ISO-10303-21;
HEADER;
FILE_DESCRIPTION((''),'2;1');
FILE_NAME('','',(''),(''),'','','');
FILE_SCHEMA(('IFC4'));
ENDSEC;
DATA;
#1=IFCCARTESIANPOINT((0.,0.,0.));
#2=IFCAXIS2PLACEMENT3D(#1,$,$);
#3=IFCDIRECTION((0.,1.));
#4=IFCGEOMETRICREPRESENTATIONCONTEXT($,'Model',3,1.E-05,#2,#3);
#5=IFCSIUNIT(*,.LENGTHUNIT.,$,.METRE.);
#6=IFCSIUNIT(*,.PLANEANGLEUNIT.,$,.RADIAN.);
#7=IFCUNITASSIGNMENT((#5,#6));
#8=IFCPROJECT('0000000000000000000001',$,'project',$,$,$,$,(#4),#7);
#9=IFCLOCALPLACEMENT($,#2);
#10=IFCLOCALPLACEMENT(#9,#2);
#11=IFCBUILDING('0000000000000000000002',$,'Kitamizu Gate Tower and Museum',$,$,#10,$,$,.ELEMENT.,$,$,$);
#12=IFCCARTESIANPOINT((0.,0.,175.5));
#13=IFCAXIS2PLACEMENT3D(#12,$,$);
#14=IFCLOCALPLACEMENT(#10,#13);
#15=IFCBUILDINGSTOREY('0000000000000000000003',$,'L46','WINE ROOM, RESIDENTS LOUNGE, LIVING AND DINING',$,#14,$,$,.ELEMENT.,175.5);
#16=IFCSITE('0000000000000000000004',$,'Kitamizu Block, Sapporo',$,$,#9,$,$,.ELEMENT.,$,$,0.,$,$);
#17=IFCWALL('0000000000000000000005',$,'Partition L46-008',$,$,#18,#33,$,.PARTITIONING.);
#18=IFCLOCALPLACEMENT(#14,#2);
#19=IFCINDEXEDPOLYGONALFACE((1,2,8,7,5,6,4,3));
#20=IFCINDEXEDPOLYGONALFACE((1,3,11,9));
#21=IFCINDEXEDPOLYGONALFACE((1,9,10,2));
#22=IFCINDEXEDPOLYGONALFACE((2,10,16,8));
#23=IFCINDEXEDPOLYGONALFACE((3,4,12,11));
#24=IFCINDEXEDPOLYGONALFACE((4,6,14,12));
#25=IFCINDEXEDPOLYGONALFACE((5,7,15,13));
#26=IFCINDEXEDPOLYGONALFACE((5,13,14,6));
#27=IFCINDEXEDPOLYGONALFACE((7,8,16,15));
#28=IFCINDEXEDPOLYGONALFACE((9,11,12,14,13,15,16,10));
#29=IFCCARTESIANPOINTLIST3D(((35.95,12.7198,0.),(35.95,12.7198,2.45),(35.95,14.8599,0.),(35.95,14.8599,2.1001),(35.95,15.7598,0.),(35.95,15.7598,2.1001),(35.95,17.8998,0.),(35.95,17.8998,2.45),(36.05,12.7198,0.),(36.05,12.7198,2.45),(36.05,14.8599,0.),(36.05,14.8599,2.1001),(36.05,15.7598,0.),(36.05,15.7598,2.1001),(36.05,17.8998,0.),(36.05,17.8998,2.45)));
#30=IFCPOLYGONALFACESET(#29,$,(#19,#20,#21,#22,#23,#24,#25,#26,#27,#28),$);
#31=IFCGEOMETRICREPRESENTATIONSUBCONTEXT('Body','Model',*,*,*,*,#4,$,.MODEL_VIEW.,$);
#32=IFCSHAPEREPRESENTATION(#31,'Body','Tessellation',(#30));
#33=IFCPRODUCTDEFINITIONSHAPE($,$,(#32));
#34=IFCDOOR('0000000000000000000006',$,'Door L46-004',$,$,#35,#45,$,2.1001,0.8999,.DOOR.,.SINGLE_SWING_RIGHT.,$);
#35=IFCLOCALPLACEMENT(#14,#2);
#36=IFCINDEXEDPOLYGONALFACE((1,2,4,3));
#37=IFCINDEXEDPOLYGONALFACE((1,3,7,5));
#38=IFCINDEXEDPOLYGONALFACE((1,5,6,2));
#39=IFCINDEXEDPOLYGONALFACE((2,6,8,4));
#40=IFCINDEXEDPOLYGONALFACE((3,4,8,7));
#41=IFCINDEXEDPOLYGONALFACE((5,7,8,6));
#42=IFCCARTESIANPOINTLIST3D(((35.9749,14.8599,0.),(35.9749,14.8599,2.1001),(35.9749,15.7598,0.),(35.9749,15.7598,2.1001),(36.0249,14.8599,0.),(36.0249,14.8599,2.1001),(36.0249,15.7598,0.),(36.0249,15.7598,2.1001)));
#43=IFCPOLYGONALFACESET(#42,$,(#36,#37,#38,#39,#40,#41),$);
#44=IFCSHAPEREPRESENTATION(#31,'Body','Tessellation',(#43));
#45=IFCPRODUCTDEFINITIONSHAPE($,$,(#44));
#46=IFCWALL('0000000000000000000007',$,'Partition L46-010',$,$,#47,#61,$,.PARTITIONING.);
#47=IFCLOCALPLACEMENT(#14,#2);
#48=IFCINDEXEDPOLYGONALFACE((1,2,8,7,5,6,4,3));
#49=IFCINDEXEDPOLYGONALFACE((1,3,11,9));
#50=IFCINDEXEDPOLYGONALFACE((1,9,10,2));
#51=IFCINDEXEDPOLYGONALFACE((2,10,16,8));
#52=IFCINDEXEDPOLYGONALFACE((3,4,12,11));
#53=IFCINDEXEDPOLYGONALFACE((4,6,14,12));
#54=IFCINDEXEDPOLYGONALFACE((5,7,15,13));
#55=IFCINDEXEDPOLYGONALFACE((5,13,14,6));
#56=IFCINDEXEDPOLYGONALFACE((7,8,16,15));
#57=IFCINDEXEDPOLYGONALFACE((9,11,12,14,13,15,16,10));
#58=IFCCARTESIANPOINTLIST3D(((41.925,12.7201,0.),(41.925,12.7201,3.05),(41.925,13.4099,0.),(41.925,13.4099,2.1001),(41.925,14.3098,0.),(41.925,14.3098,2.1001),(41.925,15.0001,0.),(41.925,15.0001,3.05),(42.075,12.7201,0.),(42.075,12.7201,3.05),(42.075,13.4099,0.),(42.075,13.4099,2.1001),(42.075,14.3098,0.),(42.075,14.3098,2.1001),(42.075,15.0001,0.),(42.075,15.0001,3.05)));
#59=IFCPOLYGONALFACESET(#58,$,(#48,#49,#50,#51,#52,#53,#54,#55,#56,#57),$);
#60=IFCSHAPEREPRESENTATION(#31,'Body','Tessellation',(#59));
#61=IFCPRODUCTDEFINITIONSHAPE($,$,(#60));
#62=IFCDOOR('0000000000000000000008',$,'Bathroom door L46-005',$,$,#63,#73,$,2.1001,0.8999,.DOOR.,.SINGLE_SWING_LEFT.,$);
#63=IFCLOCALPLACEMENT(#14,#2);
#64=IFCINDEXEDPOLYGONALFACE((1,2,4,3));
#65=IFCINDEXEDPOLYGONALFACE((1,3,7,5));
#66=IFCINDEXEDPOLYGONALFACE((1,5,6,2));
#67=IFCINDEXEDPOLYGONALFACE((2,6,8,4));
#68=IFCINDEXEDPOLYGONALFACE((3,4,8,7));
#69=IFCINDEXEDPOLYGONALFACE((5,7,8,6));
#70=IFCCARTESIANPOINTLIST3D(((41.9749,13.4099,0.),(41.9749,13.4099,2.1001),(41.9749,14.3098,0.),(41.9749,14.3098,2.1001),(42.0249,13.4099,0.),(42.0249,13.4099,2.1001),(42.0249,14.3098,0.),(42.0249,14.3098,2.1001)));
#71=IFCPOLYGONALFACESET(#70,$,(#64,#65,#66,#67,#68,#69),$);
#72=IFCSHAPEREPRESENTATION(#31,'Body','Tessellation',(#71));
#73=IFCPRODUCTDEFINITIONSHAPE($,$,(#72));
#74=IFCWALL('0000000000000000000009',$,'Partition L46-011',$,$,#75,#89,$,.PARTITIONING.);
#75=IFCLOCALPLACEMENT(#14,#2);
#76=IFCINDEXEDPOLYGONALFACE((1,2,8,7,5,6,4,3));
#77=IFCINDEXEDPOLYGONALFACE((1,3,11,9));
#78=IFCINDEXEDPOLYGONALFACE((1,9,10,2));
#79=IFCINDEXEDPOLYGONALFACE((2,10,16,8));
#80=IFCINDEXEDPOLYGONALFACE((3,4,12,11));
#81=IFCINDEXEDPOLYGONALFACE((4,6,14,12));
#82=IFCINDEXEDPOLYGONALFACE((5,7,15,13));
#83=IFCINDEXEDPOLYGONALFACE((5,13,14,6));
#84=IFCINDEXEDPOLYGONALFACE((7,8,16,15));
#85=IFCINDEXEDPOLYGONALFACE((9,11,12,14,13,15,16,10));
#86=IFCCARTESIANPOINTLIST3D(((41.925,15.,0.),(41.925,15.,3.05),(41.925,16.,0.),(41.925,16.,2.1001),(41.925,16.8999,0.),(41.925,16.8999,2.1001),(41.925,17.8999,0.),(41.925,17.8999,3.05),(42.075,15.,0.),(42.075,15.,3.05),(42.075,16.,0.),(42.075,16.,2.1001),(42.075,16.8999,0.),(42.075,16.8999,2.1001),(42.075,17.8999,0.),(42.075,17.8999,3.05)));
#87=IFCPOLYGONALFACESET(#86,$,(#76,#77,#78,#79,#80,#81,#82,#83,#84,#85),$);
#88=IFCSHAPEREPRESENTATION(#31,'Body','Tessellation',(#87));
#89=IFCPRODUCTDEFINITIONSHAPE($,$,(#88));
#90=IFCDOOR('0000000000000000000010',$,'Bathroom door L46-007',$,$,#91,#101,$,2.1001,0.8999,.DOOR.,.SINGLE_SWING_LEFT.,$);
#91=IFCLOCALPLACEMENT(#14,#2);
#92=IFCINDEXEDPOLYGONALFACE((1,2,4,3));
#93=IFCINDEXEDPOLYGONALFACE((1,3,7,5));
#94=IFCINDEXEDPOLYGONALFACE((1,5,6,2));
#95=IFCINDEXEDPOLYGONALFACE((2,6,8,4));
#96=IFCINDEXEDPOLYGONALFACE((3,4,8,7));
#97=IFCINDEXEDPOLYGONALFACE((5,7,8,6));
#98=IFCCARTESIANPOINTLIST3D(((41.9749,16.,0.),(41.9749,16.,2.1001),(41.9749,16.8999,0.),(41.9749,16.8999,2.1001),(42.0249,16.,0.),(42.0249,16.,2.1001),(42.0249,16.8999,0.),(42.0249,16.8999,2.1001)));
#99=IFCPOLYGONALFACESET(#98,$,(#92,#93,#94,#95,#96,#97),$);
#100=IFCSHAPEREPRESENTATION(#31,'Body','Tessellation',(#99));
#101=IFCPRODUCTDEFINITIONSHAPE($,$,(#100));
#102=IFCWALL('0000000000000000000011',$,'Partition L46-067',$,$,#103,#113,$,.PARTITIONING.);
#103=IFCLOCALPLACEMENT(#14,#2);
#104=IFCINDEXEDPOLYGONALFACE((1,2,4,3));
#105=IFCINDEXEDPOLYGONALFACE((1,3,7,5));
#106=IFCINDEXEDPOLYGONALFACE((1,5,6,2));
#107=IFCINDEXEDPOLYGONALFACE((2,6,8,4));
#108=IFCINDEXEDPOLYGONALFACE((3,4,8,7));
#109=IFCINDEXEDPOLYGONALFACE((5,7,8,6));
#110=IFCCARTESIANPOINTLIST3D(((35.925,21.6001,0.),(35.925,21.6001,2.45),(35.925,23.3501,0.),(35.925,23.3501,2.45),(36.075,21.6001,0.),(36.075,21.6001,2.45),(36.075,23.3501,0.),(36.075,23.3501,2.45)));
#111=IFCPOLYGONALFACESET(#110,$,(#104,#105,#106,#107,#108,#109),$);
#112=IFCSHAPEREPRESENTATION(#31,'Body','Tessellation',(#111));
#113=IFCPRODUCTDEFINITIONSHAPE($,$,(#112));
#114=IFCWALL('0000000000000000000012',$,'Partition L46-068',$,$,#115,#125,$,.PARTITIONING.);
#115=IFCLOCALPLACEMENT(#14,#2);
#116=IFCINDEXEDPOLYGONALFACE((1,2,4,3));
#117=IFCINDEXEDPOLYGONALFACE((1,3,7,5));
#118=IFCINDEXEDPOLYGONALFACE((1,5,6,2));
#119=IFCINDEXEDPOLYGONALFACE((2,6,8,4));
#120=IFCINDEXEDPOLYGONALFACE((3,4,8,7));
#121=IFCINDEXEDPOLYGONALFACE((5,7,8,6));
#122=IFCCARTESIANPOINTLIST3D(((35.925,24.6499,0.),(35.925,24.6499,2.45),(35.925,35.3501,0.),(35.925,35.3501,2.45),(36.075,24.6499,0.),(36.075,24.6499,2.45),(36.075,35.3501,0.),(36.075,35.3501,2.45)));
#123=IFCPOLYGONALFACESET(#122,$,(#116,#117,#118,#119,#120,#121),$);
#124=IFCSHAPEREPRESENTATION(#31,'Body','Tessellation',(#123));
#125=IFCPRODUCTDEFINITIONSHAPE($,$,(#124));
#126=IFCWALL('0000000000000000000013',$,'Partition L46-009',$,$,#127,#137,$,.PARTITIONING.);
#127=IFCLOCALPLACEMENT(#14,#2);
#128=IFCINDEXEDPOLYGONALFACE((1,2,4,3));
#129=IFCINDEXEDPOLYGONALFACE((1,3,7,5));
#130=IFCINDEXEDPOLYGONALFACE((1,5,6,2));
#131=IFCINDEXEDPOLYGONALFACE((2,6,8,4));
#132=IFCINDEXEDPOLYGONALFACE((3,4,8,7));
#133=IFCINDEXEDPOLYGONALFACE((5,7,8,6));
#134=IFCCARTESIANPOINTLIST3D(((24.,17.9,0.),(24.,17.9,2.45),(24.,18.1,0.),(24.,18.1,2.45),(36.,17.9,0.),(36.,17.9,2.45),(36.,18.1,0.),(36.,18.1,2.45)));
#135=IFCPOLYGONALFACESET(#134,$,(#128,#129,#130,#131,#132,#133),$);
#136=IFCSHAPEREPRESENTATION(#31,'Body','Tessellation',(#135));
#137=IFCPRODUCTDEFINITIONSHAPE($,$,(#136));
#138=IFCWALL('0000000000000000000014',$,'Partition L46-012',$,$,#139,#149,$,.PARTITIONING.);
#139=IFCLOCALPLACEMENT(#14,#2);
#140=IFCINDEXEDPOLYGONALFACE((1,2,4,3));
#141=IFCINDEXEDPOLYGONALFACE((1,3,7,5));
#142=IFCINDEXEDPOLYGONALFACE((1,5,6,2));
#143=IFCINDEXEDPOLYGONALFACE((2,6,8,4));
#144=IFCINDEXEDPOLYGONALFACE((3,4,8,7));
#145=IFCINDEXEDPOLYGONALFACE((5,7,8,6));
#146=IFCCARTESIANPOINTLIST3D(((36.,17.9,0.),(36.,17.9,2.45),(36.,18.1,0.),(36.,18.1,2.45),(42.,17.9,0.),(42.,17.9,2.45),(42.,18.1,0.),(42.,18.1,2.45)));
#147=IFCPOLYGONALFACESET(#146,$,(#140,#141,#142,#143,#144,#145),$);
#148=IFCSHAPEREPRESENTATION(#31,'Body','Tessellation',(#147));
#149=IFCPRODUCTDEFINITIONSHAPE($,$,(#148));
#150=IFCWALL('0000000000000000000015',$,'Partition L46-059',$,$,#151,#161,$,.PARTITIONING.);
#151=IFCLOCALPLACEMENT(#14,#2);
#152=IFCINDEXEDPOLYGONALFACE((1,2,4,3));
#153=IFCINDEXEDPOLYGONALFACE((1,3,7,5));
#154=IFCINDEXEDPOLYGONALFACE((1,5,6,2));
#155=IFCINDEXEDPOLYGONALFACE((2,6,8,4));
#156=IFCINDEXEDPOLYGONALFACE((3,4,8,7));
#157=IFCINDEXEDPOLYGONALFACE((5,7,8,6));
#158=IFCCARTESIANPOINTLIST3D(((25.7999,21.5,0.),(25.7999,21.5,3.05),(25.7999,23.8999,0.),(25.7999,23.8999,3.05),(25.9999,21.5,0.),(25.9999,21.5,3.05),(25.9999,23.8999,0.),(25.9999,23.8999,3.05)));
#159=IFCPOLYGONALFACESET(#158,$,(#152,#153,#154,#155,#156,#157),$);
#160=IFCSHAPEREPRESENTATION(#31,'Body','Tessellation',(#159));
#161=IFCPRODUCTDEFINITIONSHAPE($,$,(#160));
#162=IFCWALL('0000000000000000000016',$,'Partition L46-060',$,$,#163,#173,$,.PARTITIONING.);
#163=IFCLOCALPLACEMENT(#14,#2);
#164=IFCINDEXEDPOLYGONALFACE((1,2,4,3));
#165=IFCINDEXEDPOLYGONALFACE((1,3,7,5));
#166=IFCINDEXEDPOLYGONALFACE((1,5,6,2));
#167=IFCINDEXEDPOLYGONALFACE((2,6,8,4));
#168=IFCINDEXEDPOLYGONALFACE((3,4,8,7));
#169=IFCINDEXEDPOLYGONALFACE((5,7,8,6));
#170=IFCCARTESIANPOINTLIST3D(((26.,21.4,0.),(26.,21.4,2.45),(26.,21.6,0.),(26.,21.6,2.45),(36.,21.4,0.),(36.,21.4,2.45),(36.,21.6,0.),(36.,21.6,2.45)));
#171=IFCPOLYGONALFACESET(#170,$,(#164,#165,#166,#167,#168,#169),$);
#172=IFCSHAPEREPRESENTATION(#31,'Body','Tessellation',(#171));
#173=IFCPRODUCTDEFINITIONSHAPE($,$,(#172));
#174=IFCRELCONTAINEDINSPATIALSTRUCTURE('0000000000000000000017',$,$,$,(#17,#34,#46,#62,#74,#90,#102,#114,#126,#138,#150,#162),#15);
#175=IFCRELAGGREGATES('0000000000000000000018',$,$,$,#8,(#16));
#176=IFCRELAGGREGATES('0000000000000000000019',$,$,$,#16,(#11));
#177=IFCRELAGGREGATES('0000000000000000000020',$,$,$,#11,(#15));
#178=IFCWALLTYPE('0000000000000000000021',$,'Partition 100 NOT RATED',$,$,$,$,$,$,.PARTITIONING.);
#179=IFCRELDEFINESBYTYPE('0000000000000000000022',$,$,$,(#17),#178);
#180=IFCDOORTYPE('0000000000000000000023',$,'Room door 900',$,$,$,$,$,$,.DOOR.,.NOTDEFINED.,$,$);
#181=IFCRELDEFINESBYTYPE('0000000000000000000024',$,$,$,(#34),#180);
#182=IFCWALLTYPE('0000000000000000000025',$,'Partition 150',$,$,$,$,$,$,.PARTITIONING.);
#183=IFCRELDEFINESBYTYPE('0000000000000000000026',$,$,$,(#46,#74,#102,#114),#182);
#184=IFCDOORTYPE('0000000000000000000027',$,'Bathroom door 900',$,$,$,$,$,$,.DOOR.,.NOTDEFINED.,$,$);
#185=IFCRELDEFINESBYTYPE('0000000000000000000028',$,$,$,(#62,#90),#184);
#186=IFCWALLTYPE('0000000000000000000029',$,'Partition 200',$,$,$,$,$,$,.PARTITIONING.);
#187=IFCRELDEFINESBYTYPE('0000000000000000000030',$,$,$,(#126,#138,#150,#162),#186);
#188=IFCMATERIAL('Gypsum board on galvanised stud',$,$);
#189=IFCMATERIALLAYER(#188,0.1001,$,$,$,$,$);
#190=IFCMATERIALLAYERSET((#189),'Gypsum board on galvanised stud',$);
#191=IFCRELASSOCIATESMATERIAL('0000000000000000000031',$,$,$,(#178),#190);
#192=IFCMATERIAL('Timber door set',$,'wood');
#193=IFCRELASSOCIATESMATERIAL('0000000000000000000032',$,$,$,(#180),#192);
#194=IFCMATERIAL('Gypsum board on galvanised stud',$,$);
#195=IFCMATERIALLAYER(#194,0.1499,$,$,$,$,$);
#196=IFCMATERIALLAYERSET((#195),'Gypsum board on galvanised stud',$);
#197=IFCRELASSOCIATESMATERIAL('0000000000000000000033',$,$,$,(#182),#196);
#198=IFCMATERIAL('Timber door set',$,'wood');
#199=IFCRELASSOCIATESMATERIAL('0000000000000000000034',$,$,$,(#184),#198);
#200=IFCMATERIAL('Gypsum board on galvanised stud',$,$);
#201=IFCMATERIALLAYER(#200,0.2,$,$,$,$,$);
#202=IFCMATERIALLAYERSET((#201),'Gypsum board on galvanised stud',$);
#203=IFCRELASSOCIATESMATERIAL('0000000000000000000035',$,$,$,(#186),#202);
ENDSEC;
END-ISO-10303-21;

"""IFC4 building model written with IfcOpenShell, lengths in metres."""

from ifc_helpers import new_model, si_unit, direction, frame, frame_2d, origin, place, context, subcontext, project, spatial, rectangle, extrude, material, layer, layer_set, type_object, element, fill, save


model = new_model("IFC4")

# Units and contexts
model_context = context("Model", 3, precision=1e-05, world=origin(), true_north=direction((0.0, 1.0)))
body_context = subcontext(model_context, "Body", "Model", "MODEL_VIEW")
ifc_project = project(units=[si_unit("LENGTHUNIT", "METRE"), si_unit("PLANEANGLEUNIT", "RADIAN")], contexts=[model_context])

# Site, building, storey
site_placement = place(None, origin())
site = spatial("IfcSite", under=ifc_project, at=site_placement, Name="Kitamizu Block, Sapporo", CompositionType="ELEMENT", RefElevation=0.0)
building_placement = place(site_placement, origin())
building = spatial("IfcBuilding", under=site, at=building_placement, Name="Kitamizu Gate Tower and Museum", CompositionType="ELEMENT")
storey_placement = place(building_placement, frame((0.0, 0.0, 175.5)))
storey = spatial("IfcBuildingStorey", under=building, at=storey_placement, Name="L46", Description="WINE ROOM, RESIDENTS LOUNGE, LIVING AND DINING", CompositionType="ELEMENT", Elevation=175.5)

# Walls, openings, doors
ifc_material_1 = material(Name="Gypsum board on galvanised stud")
ifc_layer_1 = layer(ifc_material_1, 0.1001)
ifc_layer_set_1 = layer_set([ifc_layer_1], Name="Gypsum board on galvanised stud")
wall_type_1 = type_object("IfcWallType", Name="Partition 100 NOT RATED", PredefinedType="PARTITIONING", material=ifc_layer_set_1)
wall_1_placement = place(storey_placement, frame((36.0, 12.72, 0.0), z_axis=(0.0, 0.0, 1.0), x_axis=(0.0, 1.0, 0.0)))
wall_1 = element("IfcWall", 1, at=wall_1_placement, inside=storey, type_object=wall_type_1, Name="Partition L46-008", PredefinedType="PARTITIONING", context=body_context, shape_type="SweptSolid", body=[
    extrude(rectangle(XDim=5.1799, YDim=0.1001, at=frame_2d((2.5898, 0.0))), origin(), (0.0, 0.0, 1.0), 2.45),
])
opening_1_placement = place(wall_1_placement, frame((2.1399, 0.0, 0.0)))
opening_1 = element("IfcOpeningElement", 2, at=opening_1_placement, cuts=wall_1, PredefinedType="OPENING", context=body_context, shape_type="SweptSolid", body=[
    extrude(rectangle(XDim=0.8999, YDim=2.1001, at=frame_2d((0.45, 1.05))), frame((0.0, 0.0601, 0.0), z_axis=(0.0, -1.0, 0.0), x_axis=(1.0, 0.0, 0.0)), (0.0, 0.0, 1.0), 0.1201),
])
ifc_material_2 = material(Name="Timber door set", Category="wood")
door_type_1 = type_object("IfcDoorType", Name="Room door 900", OperationType="NOTDEFINED", PredefinedType="DOOR", material=ifc_material_2)
door_1_placement = place(opening_1_placement, frame((0.8999, 0.0, 0.0), x_axis=(-1.0, 0.0, 0.0)))
door_1 = element("IfcDoor", 3, at=door_1_placement, inside=storey, type_object=door_type_1, Name="Door L46-004", OperationType="SINGLE_SWING_RIGHT", OverallHeight=2.1001, OverallWidth=0.8999, PredefinedType="DOOR", context=body_context, shape_type="SweptSolid", body=[
    extrude(rectangle(XDim=0.8999, YDim=2.1001, at=frame_2d((0.45, 1.05))), frame((0.0, 0.0249, 0.0), z_axis=(0.0, -1.0, 0.0), x_axis=(1.0, 0.0, 0.0)), (0.0, 0.0, 1.0), 0.05),
])
fill(opening_1, door_1)
ifc_material_3 = material(Name="Gypsum board on galvanised stud")
ifc_layer_2 = layer(ifc_material_3, 0.1499)
ifc_layer_set_2 = layer_set([ifc_layer_2], Name="Gypsum board on galvanised stud")
wall_type_2 = type_object("IfcWallType", Name="Partition 150", PredefinedType="PARTITIONING", material=ifc_layer_set_2)
wall_2_placement = place(storey_placement, frame((42.0, 12.72, 0.0), z_axis=(0.0, 0.0, 1.0), x_axis=(0.0, 1.0, 0.0)))
wall_2 = element("IfcWall", 4, at=wall_2_placement, inside=storey, type_object=wall_type_2, Name="Partition L46-010", PredefinedType="PARTITIONING", context=body_context, shape_type="SweptSolid", body=[
    extrude(rectangle(XDim=2.28, YDim=0.1499, at=frame_2d((1.1401, 0.0))), origin(), (0.0, 0.0, 1.0), 3.05),
])
opening_2_placement = place(wall_2_placement, frame((0.6899, 0.0, 0.0)))
opening_2 = element("IfcOpeningElement", 5, at=opening_2_placement, cuts=wall_2, PredefinedType="OPENING", context=body_context, shape_type="SweptSolid", body=[
    extrude(rectangle(XDim=0.8999, YDim=2.1001, at=frame_2d((0.45, 1.05))), frame((0.0, 0.085, 0.0), z_axis=(0.0, -1.0, 0.0), x_axis=(1.0, 0.0, 0.0)), (0.0, 0.0, 1.0), 0.1699),
])
ifc_material_4 = material(Name="Timber door set", Category="wood")
door_type_2 = type_object("IfcDoorType", Name="Bathroom door 900", OperationType="NOTDEFINED", PredefinedType="DOOR", material=ifc_material_4)
door_2_placement = place(opening_2_placement, frame((0.8999, 0.0, 0.0), x_axis=(-1.0, 0.0, 0.0)))
door_2 = element("IfcDoor", 6, at=door_2_placement, inside=storey, type_object=door_type_2, Name="Bathroom door L46-005", OperationType="SINGLE_SWING_LEFT", OverallHeight=2.1001, OverallWidth=0.8999, PredefinedType="DOOR", context=body_context, shape_type="SweptSolid", body=[
    extrude(rectangle(XDim=0.8999, YDim=2.1001, at=frame_2d((0.45, 1.05))), frame((0.0, 0.0249, 0.0), z_axis=(0.0, -1.0, 0.0), x_axis=(1.0, 0.0, 0.0)), (0.0, 0.0, 1.0), 0.05),
])
fill(opening_2, door_2)
wall_3_placement = place(storey_placement, frame((42.0, 15.0, 0.0), z_axis=(0.0, 0.0, 1.0), x_axis=(0.0, 1.0, 0.0)))
wall_3 = element("IfcWall", 7, at=wall_3_placement, inside=storey, type_object=wall_type_2, Name="Partition L46-011", PredefinedType="PARTITIONING", context=body_context, shape_type="SweptSolid", body=[
    extrude(rectangle(XDim=2.8999, YDim=0.1499, at=frame_2d((1.45, 0.0))), origin(), (0.0, 0.0, 1.0), 3.05),
])
opening_3_placement = place(wall_3_placement, frame((1.0, 0.0, 0.0)))
opening_3 = element("IfcOpeningElement", 8, at=opening_3_placement, cuts=wall_3, PredefinedType="OPENING", context=body_context, shape_type="SweptSolid", body=[
    extrude(rectangle(XDim=0.8999, YDim=2.1001, at=frame_2d((0.45, 1.05))), frame((0.0, 0.085, 0.0), z_axis=(0.0, -1.0, 0.0), x_axis=(1.0, 0.0, 0.0)), (0.0, 0.0, 1.0), 0.1699),
])
door_3_placement = place(opening_3_placement, frame((0.8999, 0.0, 0.0), x_axis=(-1.0, 0.0, 0.0)))
door_3 = element("IfcDoor", 9, at=door_3_placement, inside=storey, type_object=door_type_2, Name="Bathroom door L46-007", OperationType="SINGLE_SWING_LEFT", OverallHeight=2.1001, OverallWidth=0.8999, PredefinedType="DOOR", context=body_context, shape_type="SweptSolid", body=[
    extrude(rectangle(XDim=0.8999, YDim=2.1001, at=frame_2d((0.45, 1.05))), frame((0.0, 0.0249, 0.0), z_axis=(0.0, -1.0, 0.0), x_axis=(1.0, 0.0, 0.0)), (0.0, 0.0, 1.0), 0.05),
])
fill(opening_3, door_3)

# Walls
wall_4_placement = place(storey_placement, frame((36.0, 21.6001, 0.0), z_axis=(0.0, 0.0, 1.0), x_axis=(0.0, 1.0, 0.0)))
element("IfcWall", 10, at=wall_4_placement, inside=storey, type_object=wall_type_2, Name="Partition L46-067", PredefinedType="PARTITIONING", context=body_context, shape_type="SweptSolid", body=[
    extrude(rectangle(XDim=1.75, YDim=0.1499, at=frame_2d((0.875, 0.0))), origin(), (0.0, 0.0, 1.0), 2.45),
])
wall_5_placement = place(storey_placement, frame((36.0, 24.6499, 0.0), z_axis=(0.0, 0.0, 1.0), x_axis=(0.0, 1.0, 0.0)))
element("IfcWall", 11, at=wall_5_placement, inside=storey, type_object=wall_type_2, Name="Partition L46-068", PredefinedType="PARTITIONING", context=body_context, shape_type="SweptSolid", body=[
    extrude(rectangle(XDim=10.7002, YDim=0.1499, at=frame_2d((5.3501, 0.0))), origin(), (0.0, 0.0, 1.0), 2.45),
])
ifc_material_5 = material(Name="Gypsum board on galvanised stud")
ifc_layer_3 = layer(ifc_material_5, 0.2)
ifc_layer_set_3 = layer_set([ifc_layer_3], Name="Gypsum board on galvanised stud")
wall_type_3 = type_object("IfcWallType", Name="Partition 200", PredefinedType="PARTITIONING", material=ifc_layer_set_3)
wall_6_placement = place(storey_placement, frame((36.0, 18.0, 0.0), z_axis=(0.0, 0.0, 1.0), x_axis=(-1.0, 0.0, 0.0)))
element("IfcWall", 12, at=wall_6_placement, inside=storey, type_object=wall_type_3, Name="Partition L46-009", PredefinedType="PARTITIONING", context=body_context, shape_type="SweptSolid", body=[
    extrude(rectangle(XDim=12.0, YDim=0.2, at=frame_2d((6.0, 0.0))), origin(), (0.0, 0.0, 1.0), 2.45),
])
wall_7_placement = place(storey_placement, frame((42.0, 18.0, 0.0), z_axis=(0.0, 0.0, 1.0), x_axis=(-1.0, 0.0, 0.0)))
element("IfcWall", 13, at=wall_7_placement, inside=storey, type_object=wall_type_3, Name="Partition L46-012", PredefinedType="PARTITIONING", context=body_context, shape_type="SweptSolid", body=[
    extrude(rectangle(XDim=6.0, YDim=0.2, at=frame_2d((3.0, 0.0))), origin(), (0.0, 0.0, 1.0), 2.45),
])
wall_8_placement = place(storey_placement, frame((25.8999, 23.8999, 0.0), z_axis=(0.0, 0.0, 1.0), x_axis=(0.0, -1.0, 0.0)))
element("IfcWall", 14, at=wall_8_placement, inside=storey, type_object=wall_type_3, Name="Partition L46-059", PredefinedType="PARTITIONING", context=body_context, shape_type="SweptSolid", body=[
    extrude(rectangle(XDim=2.3999, YDim=0.2, at=frame_2d((1.2, 0.0))), origin(), (0.0, 0.0, 1.0), 3.05),
])
wall_9_placement = place(storey_placement, frame((26.0, 21.5, 0.0), z_axis=(0.0, 0.0, 1.0), x_axis=(1.0, 0.0, 0.0)))
element("IfcWall", 15, at=wall_9_placement, inside=storey, type_object=wall_type_3, Name="Partition L46-060", PredefinedType="PARTITIONING", context=body_context, shape_type="SweptSolid", body=[
    extrude(rectangle(XDim=10.0, YDim=0.2, at=frame_2d((5.0, 0.0))), origin(), (0.0, 0.0, 1.0), 2.45),
])

save(model, "model.ifc")
